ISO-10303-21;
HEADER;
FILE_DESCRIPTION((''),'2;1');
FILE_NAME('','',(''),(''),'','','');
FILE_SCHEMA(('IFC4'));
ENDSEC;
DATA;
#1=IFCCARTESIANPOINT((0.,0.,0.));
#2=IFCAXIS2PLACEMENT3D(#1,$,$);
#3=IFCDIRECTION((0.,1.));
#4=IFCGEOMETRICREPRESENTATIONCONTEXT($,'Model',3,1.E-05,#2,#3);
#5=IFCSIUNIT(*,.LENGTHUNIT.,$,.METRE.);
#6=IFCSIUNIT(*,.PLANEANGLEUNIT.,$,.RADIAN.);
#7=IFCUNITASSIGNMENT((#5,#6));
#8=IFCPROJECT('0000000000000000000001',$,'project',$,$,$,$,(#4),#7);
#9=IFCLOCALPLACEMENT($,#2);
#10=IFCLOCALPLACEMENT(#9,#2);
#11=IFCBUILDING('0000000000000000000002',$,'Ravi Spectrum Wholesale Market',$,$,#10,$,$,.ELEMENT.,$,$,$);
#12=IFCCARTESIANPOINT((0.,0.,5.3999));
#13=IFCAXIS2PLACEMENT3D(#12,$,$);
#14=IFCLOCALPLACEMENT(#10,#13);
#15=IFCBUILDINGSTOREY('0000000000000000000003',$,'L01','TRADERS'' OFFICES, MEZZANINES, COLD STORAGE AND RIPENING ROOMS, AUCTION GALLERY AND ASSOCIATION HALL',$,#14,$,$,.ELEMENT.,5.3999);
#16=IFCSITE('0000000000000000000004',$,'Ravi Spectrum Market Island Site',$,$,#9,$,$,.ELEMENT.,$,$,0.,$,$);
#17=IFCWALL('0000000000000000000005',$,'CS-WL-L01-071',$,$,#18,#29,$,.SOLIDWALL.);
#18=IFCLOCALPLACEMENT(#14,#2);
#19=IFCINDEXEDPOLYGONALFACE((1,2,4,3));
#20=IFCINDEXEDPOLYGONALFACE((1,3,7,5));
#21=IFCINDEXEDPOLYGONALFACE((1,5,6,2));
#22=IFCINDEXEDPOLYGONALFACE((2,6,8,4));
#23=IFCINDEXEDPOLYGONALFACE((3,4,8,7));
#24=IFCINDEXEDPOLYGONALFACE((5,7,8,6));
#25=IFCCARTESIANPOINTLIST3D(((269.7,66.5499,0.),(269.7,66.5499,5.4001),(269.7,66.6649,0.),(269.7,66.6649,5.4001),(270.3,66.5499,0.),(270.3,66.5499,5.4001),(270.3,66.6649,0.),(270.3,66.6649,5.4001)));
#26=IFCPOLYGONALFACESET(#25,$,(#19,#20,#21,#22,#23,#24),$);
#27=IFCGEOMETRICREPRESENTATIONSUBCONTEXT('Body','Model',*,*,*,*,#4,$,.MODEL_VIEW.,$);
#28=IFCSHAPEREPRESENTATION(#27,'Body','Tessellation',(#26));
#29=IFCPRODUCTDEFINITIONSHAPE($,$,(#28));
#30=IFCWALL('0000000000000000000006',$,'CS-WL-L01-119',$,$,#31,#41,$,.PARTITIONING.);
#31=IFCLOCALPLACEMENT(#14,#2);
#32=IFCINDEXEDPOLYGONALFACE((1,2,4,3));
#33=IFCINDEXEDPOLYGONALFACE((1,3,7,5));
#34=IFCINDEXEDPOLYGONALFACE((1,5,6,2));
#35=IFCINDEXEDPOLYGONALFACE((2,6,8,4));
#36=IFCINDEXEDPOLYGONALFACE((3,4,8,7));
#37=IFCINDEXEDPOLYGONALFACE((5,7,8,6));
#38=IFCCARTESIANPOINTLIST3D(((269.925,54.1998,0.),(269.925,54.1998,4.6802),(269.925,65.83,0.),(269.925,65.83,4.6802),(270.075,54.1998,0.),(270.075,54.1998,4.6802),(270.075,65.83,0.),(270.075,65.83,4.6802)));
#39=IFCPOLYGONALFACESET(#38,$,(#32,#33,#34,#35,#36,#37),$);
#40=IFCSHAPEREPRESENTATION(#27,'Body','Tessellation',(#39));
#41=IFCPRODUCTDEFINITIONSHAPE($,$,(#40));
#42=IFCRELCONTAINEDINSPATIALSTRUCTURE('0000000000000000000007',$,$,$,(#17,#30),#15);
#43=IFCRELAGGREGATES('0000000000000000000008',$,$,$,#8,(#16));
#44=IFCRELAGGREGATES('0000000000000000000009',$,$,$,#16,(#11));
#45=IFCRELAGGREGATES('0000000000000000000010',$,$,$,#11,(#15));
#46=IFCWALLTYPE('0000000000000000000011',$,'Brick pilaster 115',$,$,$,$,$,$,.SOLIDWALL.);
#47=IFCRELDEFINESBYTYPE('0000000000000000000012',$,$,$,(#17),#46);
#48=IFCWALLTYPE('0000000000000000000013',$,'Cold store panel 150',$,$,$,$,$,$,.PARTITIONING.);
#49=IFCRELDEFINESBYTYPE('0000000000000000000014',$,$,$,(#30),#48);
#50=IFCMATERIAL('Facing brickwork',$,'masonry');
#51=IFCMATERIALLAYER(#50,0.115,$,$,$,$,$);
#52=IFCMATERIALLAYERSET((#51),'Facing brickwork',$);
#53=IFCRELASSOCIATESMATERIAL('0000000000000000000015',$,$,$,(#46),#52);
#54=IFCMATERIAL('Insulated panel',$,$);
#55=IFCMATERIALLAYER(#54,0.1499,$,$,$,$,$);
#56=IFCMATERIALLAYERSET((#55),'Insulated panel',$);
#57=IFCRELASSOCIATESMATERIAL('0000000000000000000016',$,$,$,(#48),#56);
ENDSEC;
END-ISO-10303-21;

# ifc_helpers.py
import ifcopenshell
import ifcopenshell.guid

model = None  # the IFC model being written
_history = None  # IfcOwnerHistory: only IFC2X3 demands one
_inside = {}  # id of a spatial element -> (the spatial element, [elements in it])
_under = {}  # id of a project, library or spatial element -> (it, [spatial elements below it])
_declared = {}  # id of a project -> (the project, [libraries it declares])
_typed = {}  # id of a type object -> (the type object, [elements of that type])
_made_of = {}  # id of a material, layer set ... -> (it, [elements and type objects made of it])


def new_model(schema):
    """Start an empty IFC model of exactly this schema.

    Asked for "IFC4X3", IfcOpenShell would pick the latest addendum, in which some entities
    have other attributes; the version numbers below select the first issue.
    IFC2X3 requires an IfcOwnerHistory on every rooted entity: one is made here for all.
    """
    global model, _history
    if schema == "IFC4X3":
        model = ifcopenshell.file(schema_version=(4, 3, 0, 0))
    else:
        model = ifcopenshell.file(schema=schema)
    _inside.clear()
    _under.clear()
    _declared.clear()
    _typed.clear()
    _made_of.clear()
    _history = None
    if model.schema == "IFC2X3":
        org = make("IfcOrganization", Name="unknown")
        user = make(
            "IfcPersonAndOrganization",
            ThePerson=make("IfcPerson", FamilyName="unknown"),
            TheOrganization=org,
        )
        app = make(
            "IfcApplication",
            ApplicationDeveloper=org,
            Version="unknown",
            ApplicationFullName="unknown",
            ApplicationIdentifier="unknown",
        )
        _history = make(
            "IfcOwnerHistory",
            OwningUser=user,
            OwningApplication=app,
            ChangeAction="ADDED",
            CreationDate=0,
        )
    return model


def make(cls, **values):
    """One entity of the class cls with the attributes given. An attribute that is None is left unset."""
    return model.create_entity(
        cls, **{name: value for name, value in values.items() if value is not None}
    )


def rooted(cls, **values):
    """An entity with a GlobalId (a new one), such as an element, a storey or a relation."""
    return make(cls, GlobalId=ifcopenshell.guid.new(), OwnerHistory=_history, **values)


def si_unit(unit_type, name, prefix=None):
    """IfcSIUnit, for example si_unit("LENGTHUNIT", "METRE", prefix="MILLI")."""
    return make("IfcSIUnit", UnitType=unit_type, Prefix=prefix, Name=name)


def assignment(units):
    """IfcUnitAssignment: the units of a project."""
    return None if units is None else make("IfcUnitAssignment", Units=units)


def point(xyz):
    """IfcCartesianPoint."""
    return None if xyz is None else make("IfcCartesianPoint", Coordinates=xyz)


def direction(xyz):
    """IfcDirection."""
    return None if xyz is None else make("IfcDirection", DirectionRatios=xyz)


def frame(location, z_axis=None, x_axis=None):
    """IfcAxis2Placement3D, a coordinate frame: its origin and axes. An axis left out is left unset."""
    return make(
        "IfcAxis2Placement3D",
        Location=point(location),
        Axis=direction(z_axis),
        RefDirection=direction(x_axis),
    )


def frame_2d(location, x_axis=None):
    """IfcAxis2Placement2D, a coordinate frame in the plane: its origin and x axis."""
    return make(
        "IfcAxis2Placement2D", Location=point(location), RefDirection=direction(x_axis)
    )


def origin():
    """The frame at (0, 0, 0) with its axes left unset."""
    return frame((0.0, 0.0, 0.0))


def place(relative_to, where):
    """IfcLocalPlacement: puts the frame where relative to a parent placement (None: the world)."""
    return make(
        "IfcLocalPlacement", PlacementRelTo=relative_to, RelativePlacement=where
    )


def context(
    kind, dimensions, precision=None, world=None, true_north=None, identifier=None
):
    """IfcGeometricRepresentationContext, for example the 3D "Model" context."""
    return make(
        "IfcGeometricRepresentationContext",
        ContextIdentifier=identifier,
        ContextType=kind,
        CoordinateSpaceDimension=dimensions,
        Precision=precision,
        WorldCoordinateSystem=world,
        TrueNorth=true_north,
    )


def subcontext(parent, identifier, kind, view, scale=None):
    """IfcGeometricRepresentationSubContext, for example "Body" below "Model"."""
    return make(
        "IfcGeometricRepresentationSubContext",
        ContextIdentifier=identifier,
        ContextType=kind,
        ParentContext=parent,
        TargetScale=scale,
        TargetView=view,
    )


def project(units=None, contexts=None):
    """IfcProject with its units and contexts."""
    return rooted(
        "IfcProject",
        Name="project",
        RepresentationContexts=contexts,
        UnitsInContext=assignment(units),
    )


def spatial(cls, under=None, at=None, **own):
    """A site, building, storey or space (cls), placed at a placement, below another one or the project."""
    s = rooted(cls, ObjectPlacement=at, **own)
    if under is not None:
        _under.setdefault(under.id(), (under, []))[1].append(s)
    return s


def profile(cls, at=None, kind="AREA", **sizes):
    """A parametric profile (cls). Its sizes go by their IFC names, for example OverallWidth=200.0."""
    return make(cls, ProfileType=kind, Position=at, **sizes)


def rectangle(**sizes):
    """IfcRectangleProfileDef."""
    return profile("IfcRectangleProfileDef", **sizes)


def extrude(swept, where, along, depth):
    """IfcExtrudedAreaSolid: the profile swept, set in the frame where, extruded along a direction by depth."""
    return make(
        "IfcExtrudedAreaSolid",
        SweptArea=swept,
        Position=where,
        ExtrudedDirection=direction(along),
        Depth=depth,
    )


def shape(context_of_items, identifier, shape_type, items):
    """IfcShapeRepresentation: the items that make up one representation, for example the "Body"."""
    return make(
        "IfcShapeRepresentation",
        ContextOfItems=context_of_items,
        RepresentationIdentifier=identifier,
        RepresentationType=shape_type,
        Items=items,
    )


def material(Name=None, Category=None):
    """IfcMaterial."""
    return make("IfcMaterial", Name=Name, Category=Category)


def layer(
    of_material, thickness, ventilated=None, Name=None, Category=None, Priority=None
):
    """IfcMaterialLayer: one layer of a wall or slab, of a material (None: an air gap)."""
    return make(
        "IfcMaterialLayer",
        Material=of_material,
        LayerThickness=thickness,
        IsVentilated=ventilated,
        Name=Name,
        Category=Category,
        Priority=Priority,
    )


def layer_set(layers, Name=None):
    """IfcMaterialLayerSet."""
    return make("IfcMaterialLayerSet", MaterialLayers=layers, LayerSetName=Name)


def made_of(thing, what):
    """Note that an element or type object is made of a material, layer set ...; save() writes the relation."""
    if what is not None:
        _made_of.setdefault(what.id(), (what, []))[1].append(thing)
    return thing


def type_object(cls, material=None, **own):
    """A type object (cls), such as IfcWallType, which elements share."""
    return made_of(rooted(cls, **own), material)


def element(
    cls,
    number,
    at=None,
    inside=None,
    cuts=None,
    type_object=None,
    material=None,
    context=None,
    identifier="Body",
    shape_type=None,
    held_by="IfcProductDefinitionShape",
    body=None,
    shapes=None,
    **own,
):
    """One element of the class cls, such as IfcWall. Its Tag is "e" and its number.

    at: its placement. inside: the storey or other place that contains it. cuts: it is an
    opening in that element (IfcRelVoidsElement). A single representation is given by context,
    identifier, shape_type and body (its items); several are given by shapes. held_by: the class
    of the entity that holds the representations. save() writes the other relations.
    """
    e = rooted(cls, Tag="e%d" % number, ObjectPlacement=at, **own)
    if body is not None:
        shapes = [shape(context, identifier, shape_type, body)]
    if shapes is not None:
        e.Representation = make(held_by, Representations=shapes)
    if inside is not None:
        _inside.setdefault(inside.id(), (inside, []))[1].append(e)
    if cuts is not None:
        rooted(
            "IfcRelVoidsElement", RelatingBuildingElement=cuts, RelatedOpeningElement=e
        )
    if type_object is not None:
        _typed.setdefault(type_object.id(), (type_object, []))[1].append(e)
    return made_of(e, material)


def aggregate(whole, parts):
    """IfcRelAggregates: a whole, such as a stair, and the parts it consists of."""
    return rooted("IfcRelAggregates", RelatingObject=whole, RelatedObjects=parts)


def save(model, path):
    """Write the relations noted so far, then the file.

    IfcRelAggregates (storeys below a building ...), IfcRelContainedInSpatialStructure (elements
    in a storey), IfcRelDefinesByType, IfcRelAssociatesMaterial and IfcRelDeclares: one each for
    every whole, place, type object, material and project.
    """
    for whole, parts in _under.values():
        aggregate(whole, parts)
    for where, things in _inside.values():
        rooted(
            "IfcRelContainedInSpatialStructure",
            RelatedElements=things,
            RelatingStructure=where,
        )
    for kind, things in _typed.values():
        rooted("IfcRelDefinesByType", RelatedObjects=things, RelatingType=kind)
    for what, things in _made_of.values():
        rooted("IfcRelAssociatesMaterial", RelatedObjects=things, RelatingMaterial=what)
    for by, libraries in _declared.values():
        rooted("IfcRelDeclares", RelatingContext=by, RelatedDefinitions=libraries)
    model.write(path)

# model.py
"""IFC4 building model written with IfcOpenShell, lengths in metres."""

from ifc_helpers import new_model, si_unit, direction, frame, frame_2d, origin, place, context, subcontext, project, spatial, rectangle, extrude, material, layer, layer_set, type_object, element, save


model = new_model("IFC4")

# Units and contexts
model_context = context("Model", 3, precision=1e-05, world=origin(), true_north=direction((0.0, 1.0)))
body_context = subcontext(model_context, "Body", "Model", "MODEL_VIEW")
ifc_project = project(units=[si_unit("LENGTHUNIT", "METRE"), si_unit("PLANEANGLEUNIT", "RADIAN")], contexts=[model_context])

# Site, building, storey
site_placement = place(None, origin())
site = spatial("IfcSite", under=ifc_project, at=site_placement, Name="Ravi Spectrum Market Island Site", CompositionType="ELEMENT", RefElevation=0.0)
building_placement = place(site_placement, origin())
building = spatial("IfcBuilding", under=site, at=building_placement, Name="Ravi Spectrum Wholesale Market", CompositionType="ELEMENT")
storey_placement = place(building_placement, frame((0.0, 0.0, 5.3999)))
storey = spatial("IfcBuildingStorey", under=building, at=storey_placement, Name="L01", Description="TRADERS' OFFICES, MEZZANINES, COLD STORAGE AND RIPENING ROOMS, AUCTION GALLERY AND ASSOCIATION HALL", CompositionType="ELEMENT", Elevation=5.3999)

# Walls
ifc_material_1 = material(Name="Facing brickwork", Category="masonry")
ifc_layer_1 = layer(ifc_material_1, 0.115)
ifc_layer_set_1 = layer_set([ifc_layer_1], Name="Facing brickwork")
wall_type_1 = type_object("IfcWallType", Name="Brick pilaster 115", PredefinedType="SOLIDWALL", material=ifc_layer_set_1)
wall_1_placement = place(storey_placement, frame((270.3, 66.6074, 0.0), z_axis=(0.0, 0.0, 1.0), x_axis=(-1.0, 0.0, 0.0)))
element("IfcWall", 1, at=wall_1_placement, inside=storey, type_object=wall_type_1, Name="CS-WL-L01-071", PredefinedType="SOLIDWALL", context=body_context, shape_type="SweptSolid", body=[
    extrude(rectangle(XDim=0.6001, YDim=0.115, at=frame_2d((0.3, 0.0))), origin(), (0.0, 0.0, 1.0), 5.4001),
])
ifc_material_2 = material(Name="Insulated panel")
ifc_layer_2 = layer(ifc_material_2, 0.1499)
ifc_layer_set_2 = layer_set([ifc_layer_2], Name="Insulated panel")
wall_type_2 = type_object("IfcWallType", Name="Cold store panel 150", PredefinedType="PARTITIONING", material=ifc_layer_set_2)
wall_2_placement = place(storey_placement, frame((270.0, 54.2, 0.0), z_axis=(0.0, 0.0, 1.0), x_axis=(0.0, 1.0, 0.0)))
element("IfcWall", 2, at=wall_2_placement, inside=storey, type_object=wall_type_2, Name="CS-WL-L01-119", PredefinedType="PARTITIONING", context=body_context, shape_type="SweptSolid", body=[
    extrude(rectangle(XDim=11.6301, YDim=0.1499, at=frame_2d((5.8149, 0.0))), origin(), (0.0, 0.0, 1.0), 4.6802),
])

save(model, "model.ifc")
